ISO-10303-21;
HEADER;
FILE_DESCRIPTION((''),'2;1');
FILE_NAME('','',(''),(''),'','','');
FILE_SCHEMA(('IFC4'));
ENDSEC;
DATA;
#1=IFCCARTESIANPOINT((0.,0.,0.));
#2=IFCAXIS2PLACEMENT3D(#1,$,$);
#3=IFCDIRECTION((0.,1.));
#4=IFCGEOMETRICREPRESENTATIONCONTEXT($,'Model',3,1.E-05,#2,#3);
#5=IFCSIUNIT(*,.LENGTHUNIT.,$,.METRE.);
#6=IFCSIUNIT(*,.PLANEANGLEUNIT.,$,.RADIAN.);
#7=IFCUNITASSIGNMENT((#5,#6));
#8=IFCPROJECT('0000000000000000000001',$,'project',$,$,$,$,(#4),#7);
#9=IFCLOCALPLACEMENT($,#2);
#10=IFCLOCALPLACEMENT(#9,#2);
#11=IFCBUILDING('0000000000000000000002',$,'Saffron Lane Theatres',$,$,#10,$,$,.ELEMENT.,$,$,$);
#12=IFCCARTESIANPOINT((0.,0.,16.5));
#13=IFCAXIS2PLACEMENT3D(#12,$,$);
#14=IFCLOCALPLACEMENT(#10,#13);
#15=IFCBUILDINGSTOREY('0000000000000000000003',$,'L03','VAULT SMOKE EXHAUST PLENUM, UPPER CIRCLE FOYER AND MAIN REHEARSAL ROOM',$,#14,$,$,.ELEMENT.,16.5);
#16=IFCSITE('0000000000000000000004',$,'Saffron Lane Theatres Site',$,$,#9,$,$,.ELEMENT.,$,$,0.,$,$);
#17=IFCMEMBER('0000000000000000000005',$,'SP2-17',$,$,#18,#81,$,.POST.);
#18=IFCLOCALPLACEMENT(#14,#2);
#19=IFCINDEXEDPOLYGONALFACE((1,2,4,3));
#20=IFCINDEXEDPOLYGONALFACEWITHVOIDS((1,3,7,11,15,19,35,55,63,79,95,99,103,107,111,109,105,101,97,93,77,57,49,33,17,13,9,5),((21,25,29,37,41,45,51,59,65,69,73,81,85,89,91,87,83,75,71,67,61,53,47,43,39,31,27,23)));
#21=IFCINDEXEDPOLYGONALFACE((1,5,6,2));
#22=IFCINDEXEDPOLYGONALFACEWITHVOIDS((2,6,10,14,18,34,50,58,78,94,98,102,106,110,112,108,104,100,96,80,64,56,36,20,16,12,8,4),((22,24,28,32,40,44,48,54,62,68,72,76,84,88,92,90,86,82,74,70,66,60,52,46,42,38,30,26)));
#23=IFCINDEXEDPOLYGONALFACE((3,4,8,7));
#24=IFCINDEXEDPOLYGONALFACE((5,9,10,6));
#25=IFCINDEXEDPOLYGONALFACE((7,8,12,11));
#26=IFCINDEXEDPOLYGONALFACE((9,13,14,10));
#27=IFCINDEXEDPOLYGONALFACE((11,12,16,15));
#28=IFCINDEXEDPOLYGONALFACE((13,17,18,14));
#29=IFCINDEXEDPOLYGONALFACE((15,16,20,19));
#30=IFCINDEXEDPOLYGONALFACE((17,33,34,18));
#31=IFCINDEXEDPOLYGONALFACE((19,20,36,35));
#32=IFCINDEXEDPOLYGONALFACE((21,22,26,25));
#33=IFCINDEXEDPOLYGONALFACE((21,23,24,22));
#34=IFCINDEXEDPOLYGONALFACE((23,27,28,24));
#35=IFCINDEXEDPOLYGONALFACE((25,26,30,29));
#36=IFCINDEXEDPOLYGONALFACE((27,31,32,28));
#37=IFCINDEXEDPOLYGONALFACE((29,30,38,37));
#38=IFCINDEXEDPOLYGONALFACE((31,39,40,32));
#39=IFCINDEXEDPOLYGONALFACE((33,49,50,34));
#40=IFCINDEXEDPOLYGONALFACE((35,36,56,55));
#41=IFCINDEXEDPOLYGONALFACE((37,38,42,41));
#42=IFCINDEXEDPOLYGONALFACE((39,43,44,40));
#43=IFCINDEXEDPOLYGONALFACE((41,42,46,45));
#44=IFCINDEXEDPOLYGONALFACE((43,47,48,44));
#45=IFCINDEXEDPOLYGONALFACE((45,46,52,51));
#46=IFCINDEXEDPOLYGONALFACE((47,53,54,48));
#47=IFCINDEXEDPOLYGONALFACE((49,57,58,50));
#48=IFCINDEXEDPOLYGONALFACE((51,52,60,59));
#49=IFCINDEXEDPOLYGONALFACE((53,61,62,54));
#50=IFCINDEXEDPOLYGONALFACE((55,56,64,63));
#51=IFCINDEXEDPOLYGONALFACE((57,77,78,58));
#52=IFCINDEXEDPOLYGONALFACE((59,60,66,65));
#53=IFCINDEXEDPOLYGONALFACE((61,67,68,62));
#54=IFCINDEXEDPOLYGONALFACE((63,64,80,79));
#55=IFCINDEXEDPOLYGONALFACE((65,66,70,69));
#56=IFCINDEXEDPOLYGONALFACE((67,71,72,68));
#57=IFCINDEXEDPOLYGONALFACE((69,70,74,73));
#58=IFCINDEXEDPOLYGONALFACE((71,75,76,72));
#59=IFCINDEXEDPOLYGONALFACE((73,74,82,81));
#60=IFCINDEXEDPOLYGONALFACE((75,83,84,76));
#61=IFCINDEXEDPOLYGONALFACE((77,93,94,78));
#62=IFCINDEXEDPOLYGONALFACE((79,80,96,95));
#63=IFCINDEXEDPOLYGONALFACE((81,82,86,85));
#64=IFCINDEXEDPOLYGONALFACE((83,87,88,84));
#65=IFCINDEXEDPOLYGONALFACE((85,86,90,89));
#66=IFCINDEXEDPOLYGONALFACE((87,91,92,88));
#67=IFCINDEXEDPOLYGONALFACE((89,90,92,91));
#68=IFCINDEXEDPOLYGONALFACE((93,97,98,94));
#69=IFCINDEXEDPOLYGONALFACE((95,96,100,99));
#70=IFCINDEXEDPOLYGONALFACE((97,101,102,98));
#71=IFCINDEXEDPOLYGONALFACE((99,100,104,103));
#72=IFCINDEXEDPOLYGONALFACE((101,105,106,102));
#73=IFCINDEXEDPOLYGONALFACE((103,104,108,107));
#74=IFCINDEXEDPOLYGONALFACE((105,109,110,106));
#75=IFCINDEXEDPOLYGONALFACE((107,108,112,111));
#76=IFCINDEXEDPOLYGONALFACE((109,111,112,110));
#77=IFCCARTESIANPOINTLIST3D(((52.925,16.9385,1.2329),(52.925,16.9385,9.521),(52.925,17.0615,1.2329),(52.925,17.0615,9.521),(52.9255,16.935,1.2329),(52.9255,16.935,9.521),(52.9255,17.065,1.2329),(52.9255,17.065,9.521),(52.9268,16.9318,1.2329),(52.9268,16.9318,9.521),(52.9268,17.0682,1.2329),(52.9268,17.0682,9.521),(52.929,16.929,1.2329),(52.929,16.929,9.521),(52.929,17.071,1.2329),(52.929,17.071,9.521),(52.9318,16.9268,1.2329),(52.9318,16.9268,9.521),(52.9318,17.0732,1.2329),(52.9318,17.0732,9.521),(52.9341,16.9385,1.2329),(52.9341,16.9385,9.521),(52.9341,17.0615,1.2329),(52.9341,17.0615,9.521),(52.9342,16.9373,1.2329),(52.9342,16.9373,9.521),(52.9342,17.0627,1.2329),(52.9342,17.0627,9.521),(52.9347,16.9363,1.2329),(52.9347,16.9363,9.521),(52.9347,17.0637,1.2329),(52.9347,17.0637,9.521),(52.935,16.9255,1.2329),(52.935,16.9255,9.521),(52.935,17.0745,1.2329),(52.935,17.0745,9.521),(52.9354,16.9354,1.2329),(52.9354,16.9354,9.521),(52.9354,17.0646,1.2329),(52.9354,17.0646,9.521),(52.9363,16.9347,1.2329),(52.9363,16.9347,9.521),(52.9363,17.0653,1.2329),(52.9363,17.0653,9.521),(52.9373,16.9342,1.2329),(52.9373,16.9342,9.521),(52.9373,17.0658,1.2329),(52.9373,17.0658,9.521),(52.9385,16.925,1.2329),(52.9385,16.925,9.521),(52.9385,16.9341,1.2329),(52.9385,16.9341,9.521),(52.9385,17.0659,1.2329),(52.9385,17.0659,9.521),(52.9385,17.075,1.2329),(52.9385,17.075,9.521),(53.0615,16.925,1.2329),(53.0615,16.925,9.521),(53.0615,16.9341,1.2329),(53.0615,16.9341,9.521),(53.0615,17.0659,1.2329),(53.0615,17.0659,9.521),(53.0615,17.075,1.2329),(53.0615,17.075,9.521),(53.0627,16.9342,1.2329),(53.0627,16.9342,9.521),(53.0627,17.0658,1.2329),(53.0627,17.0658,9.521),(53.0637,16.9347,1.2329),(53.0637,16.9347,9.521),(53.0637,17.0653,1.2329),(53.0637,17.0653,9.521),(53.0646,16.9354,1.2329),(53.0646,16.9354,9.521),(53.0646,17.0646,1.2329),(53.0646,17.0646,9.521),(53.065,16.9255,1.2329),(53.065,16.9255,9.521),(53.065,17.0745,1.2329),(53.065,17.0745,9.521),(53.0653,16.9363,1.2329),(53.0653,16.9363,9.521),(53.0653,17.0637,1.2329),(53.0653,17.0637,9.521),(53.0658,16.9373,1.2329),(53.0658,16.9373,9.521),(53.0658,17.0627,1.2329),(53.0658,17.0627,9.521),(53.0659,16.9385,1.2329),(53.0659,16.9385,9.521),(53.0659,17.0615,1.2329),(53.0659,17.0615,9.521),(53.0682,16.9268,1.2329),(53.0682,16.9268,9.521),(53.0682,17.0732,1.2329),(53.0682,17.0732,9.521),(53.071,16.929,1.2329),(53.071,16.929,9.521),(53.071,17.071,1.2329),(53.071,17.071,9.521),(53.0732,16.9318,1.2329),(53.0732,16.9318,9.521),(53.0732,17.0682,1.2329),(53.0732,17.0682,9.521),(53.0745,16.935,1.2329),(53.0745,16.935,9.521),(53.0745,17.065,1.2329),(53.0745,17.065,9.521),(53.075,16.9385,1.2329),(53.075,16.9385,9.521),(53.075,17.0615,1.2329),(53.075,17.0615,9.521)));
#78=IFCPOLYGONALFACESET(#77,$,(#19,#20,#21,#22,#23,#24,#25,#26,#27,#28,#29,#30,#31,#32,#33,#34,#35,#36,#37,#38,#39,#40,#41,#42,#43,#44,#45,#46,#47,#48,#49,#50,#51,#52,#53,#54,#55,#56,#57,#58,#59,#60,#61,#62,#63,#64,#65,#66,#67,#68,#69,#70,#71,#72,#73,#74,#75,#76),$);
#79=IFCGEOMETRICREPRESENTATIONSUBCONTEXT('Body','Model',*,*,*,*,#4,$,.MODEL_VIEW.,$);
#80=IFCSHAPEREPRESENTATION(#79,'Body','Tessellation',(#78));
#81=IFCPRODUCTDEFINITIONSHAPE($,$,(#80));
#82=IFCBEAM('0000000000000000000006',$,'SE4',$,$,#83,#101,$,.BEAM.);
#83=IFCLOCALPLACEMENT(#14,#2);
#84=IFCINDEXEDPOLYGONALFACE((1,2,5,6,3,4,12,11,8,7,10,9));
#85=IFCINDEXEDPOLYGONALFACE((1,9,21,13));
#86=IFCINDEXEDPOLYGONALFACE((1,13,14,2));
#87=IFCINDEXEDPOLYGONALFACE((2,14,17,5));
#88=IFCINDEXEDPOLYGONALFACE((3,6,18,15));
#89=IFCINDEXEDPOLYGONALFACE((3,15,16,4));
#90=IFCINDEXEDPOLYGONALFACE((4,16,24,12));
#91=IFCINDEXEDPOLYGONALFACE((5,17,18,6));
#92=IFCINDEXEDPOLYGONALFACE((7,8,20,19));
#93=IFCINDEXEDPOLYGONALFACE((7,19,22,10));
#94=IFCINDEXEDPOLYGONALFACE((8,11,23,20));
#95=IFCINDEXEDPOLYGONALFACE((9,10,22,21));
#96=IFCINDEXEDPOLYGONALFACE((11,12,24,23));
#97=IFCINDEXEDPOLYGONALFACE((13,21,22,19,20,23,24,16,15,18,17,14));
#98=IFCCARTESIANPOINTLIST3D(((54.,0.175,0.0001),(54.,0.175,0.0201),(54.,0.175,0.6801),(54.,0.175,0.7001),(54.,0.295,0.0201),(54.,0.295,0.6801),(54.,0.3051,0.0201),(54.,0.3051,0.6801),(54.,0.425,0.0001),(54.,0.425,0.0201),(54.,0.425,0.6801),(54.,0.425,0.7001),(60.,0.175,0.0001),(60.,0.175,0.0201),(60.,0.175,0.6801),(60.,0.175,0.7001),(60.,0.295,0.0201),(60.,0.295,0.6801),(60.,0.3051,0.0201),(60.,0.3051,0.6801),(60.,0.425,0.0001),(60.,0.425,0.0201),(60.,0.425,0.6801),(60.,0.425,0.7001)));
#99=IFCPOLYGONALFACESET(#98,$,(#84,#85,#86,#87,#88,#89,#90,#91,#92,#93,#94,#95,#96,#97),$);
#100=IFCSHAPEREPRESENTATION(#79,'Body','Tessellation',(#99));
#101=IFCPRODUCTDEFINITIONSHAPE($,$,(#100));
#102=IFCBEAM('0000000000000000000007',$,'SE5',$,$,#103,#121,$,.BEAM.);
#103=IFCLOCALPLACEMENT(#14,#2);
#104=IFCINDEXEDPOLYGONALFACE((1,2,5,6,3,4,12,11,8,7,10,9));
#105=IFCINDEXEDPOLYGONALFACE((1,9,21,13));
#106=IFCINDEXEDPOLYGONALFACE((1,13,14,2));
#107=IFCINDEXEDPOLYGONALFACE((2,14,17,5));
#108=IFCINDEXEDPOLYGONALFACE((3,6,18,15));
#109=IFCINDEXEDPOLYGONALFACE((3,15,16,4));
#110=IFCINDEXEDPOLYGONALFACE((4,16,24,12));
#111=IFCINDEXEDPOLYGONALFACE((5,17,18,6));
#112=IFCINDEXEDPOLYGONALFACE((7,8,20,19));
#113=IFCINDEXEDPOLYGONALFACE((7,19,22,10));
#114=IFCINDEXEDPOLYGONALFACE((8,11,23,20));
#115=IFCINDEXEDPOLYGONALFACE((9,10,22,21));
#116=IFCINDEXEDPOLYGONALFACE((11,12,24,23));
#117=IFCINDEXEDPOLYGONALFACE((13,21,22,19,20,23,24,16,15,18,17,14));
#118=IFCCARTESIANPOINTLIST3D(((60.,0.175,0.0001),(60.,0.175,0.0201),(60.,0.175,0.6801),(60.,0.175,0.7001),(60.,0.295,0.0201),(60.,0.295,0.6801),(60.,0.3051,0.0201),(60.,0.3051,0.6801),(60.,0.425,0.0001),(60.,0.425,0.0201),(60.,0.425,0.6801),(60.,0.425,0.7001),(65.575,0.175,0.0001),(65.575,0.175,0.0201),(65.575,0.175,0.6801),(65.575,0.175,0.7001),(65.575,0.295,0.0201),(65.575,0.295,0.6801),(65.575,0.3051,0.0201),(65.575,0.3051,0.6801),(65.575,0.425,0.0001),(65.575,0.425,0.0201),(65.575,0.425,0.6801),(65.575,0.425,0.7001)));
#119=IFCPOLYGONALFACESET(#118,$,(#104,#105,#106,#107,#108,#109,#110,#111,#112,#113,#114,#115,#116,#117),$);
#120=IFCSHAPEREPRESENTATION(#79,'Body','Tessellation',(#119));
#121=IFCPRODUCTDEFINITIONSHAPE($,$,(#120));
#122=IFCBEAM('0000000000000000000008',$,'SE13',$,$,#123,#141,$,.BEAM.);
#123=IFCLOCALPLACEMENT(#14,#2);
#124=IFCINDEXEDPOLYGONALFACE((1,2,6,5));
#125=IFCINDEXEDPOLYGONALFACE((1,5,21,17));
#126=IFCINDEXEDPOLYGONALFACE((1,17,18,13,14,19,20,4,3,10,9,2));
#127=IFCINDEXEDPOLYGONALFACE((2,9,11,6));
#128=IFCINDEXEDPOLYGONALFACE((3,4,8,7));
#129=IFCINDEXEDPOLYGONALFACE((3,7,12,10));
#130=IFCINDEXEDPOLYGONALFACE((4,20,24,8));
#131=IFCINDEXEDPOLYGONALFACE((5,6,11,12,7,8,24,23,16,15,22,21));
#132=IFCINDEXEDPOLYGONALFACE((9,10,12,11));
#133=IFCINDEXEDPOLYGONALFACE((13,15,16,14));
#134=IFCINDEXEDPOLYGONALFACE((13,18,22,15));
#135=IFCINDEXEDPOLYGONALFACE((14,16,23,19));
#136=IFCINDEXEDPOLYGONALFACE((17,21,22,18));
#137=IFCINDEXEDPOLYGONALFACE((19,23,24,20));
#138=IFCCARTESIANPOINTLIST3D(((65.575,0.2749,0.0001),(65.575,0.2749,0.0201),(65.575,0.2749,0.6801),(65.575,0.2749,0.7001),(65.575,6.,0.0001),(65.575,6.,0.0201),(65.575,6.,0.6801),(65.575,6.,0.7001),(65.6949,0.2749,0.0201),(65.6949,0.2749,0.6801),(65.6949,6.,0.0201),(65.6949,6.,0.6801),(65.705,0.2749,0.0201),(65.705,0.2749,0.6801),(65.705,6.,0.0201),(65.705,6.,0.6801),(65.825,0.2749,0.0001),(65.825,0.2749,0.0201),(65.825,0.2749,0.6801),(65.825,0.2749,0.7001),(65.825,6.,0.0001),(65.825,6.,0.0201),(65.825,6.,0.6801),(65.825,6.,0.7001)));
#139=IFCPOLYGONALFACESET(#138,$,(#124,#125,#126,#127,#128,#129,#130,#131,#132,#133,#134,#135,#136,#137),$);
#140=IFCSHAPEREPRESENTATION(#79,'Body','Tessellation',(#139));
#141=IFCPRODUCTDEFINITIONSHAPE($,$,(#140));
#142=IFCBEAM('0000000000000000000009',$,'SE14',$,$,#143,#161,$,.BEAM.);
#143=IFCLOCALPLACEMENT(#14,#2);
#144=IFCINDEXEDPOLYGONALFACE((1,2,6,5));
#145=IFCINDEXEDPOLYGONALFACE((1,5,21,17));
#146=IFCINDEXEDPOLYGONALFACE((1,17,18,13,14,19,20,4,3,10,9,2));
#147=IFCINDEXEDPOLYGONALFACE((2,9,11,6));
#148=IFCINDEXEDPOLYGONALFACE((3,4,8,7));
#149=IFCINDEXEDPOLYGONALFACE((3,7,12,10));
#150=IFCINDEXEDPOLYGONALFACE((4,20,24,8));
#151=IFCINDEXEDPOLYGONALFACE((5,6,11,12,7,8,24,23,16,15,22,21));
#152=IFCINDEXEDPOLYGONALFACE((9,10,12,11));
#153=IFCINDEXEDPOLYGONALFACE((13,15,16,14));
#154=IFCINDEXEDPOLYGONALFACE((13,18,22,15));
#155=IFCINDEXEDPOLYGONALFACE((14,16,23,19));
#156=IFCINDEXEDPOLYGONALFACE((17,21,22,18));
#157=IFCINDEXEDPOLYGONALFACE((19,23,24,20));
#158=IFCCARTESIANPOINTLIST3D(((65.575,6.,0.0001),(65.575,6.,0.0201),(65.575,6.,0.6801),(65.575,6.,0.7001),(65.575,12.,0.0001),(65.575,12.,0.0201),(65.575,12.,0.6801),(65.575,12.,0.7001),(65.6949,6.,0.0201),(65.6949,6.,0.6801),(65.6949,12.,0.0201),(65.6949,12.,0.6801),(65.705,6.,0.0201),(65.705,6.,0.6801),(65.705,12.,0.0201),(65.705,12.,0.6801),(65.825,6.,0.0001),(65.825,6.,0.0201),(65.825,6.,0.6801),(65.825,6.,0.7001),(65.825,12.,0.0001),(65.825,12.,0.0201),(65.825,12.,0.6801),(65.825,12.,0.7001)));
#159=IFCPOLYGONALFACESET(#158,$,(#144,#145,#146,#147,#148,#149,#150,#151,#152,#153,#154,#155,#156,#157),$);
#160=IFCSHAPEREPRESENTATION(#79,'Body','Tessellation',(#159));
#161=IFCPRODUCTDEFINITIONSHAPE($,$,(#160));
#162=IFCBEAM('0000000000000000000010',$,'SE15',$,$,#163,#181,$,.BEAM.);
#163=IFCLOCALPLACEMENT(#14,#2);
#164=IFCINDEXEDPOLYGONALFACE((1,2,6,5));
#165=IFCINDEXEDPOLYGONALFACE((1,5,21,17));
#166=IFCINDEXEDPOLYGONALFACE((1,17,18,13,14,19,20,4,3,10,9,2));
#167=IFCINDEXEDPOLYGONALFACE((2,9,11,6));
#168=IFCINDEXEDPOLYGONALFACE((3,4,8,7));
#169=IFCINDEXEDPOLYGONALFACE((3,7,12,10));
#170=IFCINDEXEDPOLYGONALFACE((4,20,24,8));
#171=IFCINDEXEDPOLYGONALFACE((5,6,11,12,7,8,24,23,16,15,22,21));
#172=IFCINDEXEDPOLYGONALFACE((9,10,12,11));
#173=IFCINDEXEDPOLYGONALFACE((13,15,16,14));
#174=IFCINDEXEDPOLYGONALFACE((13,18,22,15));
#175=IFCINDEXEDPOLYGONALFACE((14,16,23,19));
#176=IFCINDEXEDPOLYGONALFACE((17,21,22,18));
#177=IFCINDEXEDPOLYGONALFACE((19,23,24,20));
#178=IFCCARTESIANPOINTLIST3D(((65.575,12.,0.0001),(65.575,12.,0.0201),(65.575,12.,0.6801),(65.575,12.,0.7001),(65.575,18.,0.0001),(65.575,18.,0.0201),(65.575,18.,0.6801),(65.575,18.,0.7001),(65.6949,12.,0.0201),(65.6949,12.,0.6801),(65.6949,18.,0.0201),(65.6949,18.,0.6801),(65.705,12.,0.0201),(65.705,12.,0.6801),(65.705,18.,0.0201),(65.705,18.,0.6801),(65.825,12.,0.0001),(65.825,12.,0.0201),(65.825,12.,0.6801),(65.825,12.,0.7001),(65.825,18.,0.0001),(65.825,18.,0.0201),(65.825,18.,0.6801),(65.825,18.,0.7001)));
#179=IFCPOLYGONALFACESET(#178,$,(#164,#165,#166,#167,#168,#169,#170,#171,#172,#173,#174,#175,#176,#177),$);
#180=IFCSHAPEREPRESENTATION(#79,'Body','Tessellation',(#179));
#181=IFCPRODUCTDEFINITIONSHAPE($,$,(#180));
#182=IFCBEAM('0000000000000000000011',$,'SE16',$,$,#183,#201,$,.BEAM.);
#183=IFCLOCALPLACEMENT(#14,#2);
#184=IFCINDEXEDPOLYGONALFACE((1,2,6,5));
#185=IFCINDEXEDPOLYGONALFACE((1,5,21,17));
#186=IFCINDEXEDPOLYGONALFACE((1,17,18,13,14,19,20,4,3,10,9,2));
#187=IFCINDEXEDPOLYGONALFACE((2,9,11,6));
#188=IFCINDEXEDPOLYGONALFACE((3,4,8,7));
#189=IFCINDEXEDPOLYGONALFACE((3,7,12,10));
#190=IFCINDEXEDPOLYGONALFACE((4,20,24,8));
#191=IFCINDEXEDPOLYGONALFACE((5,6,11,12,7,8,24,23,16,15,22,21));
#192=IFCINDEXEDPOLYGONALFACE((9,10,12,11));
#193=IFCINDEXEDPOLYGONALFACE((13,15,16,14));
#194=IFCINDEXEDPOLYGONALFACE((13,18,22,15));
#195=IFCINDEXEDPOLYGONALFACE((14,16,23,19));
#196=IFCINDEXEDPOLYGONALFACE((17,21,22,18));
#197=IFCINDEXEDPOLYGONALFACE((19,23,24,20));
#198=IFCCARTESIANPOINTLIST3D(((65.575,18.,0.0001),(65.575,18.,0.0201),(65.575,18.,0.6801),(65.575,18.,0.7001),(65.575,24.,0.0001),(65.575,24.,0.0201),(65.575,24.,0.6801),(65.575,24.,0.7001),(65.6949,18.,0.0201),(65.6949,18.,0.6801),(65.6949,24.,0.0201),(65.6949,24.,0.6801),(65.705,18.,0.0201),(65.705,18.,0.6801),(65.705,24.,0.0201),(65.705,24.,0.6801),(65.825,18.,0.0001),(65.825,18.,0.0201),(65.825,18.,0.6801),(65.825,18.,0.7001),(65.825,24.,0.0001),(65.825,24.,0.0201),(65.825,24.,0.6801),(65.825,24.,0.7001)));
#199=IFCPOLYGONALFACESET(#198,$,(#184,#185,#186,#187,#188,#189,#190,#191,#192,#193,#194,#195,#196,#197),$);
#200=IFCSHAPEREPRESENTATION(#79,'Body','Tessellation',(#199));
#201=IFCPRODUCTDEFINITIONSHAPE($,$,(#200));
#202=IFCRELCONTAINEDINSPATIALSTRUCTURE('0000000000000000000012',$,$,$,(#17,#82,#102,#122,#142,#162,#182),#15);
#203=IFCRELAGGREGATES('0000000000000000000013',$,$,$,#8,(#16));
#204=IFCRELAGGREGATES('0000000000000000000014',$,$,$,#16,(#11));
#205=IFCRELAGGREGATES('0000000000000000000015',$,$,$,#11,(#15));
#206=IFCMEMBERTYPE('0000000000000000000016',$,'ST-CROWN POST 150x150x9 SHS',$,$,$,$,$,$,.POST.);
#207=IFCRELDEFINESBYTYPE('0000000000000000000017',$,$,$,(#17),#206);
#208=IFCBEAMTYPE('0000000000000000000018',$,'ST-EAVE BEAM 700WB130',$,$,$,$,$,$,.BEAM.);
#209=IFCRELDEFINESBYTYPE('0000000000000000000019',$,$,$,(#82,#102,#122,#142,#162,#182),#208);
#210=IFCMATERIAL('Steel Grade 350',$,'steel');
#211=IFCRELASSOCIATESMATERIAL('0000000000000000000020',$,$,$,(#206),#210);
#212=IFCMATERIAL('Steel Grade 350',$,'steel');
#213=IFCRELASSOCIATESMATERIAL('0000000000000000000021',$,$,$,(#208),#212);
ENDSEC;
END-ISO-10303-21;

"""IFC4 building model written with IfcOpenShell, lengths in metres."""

from ifc_helpers import new_model, si_unit, direction, frame, origin, origin_2d, place, context, subcontext, project, spatial, hollow_rectangle, i_section, extrude, material, material_profile, profile_set, type_object, element, save


model = new_model("IFC4")

# Units and contexts
model_context = context("Model", 3, precision=1e-05, world=origin(), true_north=direction((0.0, 1.0)))
body_context = subcontext(model_context, "Body", "Model", "MODEL_VIEW")
ifc_project = project(units=[si_unit("LENGTHUNIT", "METRE"), si_unit("PLANEANGLEUNIT", "RADIAN")], contexts=[model_context])

# Site, building, storey
site_placement = place(None, origin())
site = spatial("IfcSite", under=ifc_project, at=site_placement, Name="Saffron Lane Theatres Site", CompositionType="ELEMENT", RefElevation=0.0)
building_placement = place(site_placement, origin())
building = spatial("IfcBuilding", under=site, at=building_placement, Name="Saffron Lane Theatres", CompositionType="ELEMENT")
storey_placement = place(building_placement, frame((0.0, 0.0, 16.5)))
storey = spatial("IfcBuildingStorey", under=building, at=storey_placement, Name="L03", Description="VAULT SMOKE EXHAUST PLENUM, UPPER CIRCLE FOYER AND MAIN REHEARSAL ROOM", CompositionType="ELEMENT", Elevation=16.5)

# Member
ifc_material_1 = material(Name="Steel Grade 350", Category="steel")
ifc_material_profile_1 = material_profile(ifc_material_1, hollow_rectangle(XDim=0.1499, YDim=0.1499, WallThickness=0.009, InnerFilletRadius=0.0044, OuterFilletRadius=0.0134, at=origin_2d()))
ifc_profile_set_1 = profile_set([ifc_material_profile_1], Name="Steel Grade 350")
member_type_1 = type_object("IfcMemberType", Name="ST-CROWN POST 150x150x9 SHS", PredefinedType="POST", material=ifc_profile_set_1)
for number, where, z_axis, x_axis, name in (
    (1, (53.0, 17.0, 1.2329), (0.0, 0.0, 1.0), (1.0, 0.0, 0.0), "SP2-17"),
):
    element("IfcMember", number, at=place(storey_placement, frame(where, z_axis=z_axis, x_axis=x_axis)), inside=storey, type_object=member_type_1, Name=name, PredefinedType="POST", context=body_context, shape_type="SweptSolid", body=[
        extrude(hollow_rectangle(XDim=0.1499, YDim=0.1499, WallThickness=0.009, InnerFilletRadius=0.0044, OuterFilletRadius=0.0134, at=origin_2d()), origin(), (0.0, 0.0, 1.0), 8.2881),
    ])

# Beams
ifc_material_2 = material(Name="Steel Grade 350", Category="steel")
ifc_material_profile_2 = material_profile(ifc_material_2, i_section(OverallWidth=0.25, OverallDepth=0.7, WebThickness=0.01, FlangeThickness=0.02, at=origin_2d()))
ifc_profile_set_2 = profile_set([ifc_material_profile_2], Name="Steel Grade 350")
beam_type_1 = type_object("IfcBeamType", Name="ST-EAVE BEAM 700WB130", PredefinedType="BEAM", material=ifc_profile_set_2)
beam_1_placement = place(storey_placement, frame((54.0, 0.3, 0.3501), z_axis=(1.0, 0.0, 0.0), x_axis=(0.0, 1.0, 0.0)))
element("IfcBeam", 2, at=beam_1_placement, inside=storey, type_object=beam_type_1, Name="SE4", PredefinedType="BEAM", context=body_context, shape_type="SweptSolid", body=[
    extrude(i_section(OverallWidth=0.25, OverallDepth=0.7, WebThickness=0.01, FlangeThickness=0.02, at=origin_2d()), origin(), (0.0, 0.0, 1.0), 6.0),
])
beam_2_placement = place(storey_placement, frame((60.0, 0.3, 0.3501), z_axis=(1.0, 0.0, 0.0), x_axis=(0.0, 1.0, 0.0)))
element("IfcBeam", 3, at=beam_2_placement, inside=storey, type_object=beam_type_1, Name="SE5", PredefinedType="BEAM", context=body_context, shape_type="SweptSolid", body=[
    extrude(i_section(OverallWidth=0.25, OverallDepth=0.7, WebThickness=0.01, FlangeThickness=0.02, at=origin_2d()), origin(), (0.0, 0.0, 1.0), 5.575),
])
beam_3_placement = place(storey_placement, frame((65.7, 0.2749, 0.3501), z_axis=(0.0, 1.0, 0.0), x_axis=(-1.0, 0.0, 0.0)))
element("IfcBeam", 4, at=beam_3_placement, inside=storey, type_object=beam_type_1, Name="SE13", PredefinedType="BEAM", context=body_context, shape_type="SweptSolid", body=[
    extrude(i_section(OverallWidth=0.25, OverallDepth=0.7, WebThickness=0.01, FlangeThickness=0.02, at=origin_2d()), origin(), (0.0, 0.0, 1.0), 5.7251),
])
for number, where, z_axis, x_axis, name in (
    (5, (65.7, 6.0, 0.3501), (0.0, 1.0, 0.0), (-1.0, 0.0, 0.0), "SE14"),
    (6, (65.7, 12.0, 0.3501), (0.0, 1.0, 0.0), (-1.0, 0.0, 0.0), "SE15"),
    (7, (65.7, 18.0, 0.3501), (0.0, 1.0, 0.0), (-1.0, 0.0, 0.0), "SE16"),
):
    element("IfcBeam", number, at=place(storey_placement, frame(where, z_axis=z_axis, x_axis=x_axis)), inside=storey, type_object=beam_type_1, Name=name, PredefinedType="BEAM", context=body_context, shape_type="SweptSolid", body=[
        extrude(i_section(OverallWidth=0.25, OverallDepth=0.7, WebThickness=0.01, FlangeThickness=0.02, at=origin_2d()), origin(), (0.0, 0.0, 1.0), 6.0),
    ])

save(model, "model.ifc")
